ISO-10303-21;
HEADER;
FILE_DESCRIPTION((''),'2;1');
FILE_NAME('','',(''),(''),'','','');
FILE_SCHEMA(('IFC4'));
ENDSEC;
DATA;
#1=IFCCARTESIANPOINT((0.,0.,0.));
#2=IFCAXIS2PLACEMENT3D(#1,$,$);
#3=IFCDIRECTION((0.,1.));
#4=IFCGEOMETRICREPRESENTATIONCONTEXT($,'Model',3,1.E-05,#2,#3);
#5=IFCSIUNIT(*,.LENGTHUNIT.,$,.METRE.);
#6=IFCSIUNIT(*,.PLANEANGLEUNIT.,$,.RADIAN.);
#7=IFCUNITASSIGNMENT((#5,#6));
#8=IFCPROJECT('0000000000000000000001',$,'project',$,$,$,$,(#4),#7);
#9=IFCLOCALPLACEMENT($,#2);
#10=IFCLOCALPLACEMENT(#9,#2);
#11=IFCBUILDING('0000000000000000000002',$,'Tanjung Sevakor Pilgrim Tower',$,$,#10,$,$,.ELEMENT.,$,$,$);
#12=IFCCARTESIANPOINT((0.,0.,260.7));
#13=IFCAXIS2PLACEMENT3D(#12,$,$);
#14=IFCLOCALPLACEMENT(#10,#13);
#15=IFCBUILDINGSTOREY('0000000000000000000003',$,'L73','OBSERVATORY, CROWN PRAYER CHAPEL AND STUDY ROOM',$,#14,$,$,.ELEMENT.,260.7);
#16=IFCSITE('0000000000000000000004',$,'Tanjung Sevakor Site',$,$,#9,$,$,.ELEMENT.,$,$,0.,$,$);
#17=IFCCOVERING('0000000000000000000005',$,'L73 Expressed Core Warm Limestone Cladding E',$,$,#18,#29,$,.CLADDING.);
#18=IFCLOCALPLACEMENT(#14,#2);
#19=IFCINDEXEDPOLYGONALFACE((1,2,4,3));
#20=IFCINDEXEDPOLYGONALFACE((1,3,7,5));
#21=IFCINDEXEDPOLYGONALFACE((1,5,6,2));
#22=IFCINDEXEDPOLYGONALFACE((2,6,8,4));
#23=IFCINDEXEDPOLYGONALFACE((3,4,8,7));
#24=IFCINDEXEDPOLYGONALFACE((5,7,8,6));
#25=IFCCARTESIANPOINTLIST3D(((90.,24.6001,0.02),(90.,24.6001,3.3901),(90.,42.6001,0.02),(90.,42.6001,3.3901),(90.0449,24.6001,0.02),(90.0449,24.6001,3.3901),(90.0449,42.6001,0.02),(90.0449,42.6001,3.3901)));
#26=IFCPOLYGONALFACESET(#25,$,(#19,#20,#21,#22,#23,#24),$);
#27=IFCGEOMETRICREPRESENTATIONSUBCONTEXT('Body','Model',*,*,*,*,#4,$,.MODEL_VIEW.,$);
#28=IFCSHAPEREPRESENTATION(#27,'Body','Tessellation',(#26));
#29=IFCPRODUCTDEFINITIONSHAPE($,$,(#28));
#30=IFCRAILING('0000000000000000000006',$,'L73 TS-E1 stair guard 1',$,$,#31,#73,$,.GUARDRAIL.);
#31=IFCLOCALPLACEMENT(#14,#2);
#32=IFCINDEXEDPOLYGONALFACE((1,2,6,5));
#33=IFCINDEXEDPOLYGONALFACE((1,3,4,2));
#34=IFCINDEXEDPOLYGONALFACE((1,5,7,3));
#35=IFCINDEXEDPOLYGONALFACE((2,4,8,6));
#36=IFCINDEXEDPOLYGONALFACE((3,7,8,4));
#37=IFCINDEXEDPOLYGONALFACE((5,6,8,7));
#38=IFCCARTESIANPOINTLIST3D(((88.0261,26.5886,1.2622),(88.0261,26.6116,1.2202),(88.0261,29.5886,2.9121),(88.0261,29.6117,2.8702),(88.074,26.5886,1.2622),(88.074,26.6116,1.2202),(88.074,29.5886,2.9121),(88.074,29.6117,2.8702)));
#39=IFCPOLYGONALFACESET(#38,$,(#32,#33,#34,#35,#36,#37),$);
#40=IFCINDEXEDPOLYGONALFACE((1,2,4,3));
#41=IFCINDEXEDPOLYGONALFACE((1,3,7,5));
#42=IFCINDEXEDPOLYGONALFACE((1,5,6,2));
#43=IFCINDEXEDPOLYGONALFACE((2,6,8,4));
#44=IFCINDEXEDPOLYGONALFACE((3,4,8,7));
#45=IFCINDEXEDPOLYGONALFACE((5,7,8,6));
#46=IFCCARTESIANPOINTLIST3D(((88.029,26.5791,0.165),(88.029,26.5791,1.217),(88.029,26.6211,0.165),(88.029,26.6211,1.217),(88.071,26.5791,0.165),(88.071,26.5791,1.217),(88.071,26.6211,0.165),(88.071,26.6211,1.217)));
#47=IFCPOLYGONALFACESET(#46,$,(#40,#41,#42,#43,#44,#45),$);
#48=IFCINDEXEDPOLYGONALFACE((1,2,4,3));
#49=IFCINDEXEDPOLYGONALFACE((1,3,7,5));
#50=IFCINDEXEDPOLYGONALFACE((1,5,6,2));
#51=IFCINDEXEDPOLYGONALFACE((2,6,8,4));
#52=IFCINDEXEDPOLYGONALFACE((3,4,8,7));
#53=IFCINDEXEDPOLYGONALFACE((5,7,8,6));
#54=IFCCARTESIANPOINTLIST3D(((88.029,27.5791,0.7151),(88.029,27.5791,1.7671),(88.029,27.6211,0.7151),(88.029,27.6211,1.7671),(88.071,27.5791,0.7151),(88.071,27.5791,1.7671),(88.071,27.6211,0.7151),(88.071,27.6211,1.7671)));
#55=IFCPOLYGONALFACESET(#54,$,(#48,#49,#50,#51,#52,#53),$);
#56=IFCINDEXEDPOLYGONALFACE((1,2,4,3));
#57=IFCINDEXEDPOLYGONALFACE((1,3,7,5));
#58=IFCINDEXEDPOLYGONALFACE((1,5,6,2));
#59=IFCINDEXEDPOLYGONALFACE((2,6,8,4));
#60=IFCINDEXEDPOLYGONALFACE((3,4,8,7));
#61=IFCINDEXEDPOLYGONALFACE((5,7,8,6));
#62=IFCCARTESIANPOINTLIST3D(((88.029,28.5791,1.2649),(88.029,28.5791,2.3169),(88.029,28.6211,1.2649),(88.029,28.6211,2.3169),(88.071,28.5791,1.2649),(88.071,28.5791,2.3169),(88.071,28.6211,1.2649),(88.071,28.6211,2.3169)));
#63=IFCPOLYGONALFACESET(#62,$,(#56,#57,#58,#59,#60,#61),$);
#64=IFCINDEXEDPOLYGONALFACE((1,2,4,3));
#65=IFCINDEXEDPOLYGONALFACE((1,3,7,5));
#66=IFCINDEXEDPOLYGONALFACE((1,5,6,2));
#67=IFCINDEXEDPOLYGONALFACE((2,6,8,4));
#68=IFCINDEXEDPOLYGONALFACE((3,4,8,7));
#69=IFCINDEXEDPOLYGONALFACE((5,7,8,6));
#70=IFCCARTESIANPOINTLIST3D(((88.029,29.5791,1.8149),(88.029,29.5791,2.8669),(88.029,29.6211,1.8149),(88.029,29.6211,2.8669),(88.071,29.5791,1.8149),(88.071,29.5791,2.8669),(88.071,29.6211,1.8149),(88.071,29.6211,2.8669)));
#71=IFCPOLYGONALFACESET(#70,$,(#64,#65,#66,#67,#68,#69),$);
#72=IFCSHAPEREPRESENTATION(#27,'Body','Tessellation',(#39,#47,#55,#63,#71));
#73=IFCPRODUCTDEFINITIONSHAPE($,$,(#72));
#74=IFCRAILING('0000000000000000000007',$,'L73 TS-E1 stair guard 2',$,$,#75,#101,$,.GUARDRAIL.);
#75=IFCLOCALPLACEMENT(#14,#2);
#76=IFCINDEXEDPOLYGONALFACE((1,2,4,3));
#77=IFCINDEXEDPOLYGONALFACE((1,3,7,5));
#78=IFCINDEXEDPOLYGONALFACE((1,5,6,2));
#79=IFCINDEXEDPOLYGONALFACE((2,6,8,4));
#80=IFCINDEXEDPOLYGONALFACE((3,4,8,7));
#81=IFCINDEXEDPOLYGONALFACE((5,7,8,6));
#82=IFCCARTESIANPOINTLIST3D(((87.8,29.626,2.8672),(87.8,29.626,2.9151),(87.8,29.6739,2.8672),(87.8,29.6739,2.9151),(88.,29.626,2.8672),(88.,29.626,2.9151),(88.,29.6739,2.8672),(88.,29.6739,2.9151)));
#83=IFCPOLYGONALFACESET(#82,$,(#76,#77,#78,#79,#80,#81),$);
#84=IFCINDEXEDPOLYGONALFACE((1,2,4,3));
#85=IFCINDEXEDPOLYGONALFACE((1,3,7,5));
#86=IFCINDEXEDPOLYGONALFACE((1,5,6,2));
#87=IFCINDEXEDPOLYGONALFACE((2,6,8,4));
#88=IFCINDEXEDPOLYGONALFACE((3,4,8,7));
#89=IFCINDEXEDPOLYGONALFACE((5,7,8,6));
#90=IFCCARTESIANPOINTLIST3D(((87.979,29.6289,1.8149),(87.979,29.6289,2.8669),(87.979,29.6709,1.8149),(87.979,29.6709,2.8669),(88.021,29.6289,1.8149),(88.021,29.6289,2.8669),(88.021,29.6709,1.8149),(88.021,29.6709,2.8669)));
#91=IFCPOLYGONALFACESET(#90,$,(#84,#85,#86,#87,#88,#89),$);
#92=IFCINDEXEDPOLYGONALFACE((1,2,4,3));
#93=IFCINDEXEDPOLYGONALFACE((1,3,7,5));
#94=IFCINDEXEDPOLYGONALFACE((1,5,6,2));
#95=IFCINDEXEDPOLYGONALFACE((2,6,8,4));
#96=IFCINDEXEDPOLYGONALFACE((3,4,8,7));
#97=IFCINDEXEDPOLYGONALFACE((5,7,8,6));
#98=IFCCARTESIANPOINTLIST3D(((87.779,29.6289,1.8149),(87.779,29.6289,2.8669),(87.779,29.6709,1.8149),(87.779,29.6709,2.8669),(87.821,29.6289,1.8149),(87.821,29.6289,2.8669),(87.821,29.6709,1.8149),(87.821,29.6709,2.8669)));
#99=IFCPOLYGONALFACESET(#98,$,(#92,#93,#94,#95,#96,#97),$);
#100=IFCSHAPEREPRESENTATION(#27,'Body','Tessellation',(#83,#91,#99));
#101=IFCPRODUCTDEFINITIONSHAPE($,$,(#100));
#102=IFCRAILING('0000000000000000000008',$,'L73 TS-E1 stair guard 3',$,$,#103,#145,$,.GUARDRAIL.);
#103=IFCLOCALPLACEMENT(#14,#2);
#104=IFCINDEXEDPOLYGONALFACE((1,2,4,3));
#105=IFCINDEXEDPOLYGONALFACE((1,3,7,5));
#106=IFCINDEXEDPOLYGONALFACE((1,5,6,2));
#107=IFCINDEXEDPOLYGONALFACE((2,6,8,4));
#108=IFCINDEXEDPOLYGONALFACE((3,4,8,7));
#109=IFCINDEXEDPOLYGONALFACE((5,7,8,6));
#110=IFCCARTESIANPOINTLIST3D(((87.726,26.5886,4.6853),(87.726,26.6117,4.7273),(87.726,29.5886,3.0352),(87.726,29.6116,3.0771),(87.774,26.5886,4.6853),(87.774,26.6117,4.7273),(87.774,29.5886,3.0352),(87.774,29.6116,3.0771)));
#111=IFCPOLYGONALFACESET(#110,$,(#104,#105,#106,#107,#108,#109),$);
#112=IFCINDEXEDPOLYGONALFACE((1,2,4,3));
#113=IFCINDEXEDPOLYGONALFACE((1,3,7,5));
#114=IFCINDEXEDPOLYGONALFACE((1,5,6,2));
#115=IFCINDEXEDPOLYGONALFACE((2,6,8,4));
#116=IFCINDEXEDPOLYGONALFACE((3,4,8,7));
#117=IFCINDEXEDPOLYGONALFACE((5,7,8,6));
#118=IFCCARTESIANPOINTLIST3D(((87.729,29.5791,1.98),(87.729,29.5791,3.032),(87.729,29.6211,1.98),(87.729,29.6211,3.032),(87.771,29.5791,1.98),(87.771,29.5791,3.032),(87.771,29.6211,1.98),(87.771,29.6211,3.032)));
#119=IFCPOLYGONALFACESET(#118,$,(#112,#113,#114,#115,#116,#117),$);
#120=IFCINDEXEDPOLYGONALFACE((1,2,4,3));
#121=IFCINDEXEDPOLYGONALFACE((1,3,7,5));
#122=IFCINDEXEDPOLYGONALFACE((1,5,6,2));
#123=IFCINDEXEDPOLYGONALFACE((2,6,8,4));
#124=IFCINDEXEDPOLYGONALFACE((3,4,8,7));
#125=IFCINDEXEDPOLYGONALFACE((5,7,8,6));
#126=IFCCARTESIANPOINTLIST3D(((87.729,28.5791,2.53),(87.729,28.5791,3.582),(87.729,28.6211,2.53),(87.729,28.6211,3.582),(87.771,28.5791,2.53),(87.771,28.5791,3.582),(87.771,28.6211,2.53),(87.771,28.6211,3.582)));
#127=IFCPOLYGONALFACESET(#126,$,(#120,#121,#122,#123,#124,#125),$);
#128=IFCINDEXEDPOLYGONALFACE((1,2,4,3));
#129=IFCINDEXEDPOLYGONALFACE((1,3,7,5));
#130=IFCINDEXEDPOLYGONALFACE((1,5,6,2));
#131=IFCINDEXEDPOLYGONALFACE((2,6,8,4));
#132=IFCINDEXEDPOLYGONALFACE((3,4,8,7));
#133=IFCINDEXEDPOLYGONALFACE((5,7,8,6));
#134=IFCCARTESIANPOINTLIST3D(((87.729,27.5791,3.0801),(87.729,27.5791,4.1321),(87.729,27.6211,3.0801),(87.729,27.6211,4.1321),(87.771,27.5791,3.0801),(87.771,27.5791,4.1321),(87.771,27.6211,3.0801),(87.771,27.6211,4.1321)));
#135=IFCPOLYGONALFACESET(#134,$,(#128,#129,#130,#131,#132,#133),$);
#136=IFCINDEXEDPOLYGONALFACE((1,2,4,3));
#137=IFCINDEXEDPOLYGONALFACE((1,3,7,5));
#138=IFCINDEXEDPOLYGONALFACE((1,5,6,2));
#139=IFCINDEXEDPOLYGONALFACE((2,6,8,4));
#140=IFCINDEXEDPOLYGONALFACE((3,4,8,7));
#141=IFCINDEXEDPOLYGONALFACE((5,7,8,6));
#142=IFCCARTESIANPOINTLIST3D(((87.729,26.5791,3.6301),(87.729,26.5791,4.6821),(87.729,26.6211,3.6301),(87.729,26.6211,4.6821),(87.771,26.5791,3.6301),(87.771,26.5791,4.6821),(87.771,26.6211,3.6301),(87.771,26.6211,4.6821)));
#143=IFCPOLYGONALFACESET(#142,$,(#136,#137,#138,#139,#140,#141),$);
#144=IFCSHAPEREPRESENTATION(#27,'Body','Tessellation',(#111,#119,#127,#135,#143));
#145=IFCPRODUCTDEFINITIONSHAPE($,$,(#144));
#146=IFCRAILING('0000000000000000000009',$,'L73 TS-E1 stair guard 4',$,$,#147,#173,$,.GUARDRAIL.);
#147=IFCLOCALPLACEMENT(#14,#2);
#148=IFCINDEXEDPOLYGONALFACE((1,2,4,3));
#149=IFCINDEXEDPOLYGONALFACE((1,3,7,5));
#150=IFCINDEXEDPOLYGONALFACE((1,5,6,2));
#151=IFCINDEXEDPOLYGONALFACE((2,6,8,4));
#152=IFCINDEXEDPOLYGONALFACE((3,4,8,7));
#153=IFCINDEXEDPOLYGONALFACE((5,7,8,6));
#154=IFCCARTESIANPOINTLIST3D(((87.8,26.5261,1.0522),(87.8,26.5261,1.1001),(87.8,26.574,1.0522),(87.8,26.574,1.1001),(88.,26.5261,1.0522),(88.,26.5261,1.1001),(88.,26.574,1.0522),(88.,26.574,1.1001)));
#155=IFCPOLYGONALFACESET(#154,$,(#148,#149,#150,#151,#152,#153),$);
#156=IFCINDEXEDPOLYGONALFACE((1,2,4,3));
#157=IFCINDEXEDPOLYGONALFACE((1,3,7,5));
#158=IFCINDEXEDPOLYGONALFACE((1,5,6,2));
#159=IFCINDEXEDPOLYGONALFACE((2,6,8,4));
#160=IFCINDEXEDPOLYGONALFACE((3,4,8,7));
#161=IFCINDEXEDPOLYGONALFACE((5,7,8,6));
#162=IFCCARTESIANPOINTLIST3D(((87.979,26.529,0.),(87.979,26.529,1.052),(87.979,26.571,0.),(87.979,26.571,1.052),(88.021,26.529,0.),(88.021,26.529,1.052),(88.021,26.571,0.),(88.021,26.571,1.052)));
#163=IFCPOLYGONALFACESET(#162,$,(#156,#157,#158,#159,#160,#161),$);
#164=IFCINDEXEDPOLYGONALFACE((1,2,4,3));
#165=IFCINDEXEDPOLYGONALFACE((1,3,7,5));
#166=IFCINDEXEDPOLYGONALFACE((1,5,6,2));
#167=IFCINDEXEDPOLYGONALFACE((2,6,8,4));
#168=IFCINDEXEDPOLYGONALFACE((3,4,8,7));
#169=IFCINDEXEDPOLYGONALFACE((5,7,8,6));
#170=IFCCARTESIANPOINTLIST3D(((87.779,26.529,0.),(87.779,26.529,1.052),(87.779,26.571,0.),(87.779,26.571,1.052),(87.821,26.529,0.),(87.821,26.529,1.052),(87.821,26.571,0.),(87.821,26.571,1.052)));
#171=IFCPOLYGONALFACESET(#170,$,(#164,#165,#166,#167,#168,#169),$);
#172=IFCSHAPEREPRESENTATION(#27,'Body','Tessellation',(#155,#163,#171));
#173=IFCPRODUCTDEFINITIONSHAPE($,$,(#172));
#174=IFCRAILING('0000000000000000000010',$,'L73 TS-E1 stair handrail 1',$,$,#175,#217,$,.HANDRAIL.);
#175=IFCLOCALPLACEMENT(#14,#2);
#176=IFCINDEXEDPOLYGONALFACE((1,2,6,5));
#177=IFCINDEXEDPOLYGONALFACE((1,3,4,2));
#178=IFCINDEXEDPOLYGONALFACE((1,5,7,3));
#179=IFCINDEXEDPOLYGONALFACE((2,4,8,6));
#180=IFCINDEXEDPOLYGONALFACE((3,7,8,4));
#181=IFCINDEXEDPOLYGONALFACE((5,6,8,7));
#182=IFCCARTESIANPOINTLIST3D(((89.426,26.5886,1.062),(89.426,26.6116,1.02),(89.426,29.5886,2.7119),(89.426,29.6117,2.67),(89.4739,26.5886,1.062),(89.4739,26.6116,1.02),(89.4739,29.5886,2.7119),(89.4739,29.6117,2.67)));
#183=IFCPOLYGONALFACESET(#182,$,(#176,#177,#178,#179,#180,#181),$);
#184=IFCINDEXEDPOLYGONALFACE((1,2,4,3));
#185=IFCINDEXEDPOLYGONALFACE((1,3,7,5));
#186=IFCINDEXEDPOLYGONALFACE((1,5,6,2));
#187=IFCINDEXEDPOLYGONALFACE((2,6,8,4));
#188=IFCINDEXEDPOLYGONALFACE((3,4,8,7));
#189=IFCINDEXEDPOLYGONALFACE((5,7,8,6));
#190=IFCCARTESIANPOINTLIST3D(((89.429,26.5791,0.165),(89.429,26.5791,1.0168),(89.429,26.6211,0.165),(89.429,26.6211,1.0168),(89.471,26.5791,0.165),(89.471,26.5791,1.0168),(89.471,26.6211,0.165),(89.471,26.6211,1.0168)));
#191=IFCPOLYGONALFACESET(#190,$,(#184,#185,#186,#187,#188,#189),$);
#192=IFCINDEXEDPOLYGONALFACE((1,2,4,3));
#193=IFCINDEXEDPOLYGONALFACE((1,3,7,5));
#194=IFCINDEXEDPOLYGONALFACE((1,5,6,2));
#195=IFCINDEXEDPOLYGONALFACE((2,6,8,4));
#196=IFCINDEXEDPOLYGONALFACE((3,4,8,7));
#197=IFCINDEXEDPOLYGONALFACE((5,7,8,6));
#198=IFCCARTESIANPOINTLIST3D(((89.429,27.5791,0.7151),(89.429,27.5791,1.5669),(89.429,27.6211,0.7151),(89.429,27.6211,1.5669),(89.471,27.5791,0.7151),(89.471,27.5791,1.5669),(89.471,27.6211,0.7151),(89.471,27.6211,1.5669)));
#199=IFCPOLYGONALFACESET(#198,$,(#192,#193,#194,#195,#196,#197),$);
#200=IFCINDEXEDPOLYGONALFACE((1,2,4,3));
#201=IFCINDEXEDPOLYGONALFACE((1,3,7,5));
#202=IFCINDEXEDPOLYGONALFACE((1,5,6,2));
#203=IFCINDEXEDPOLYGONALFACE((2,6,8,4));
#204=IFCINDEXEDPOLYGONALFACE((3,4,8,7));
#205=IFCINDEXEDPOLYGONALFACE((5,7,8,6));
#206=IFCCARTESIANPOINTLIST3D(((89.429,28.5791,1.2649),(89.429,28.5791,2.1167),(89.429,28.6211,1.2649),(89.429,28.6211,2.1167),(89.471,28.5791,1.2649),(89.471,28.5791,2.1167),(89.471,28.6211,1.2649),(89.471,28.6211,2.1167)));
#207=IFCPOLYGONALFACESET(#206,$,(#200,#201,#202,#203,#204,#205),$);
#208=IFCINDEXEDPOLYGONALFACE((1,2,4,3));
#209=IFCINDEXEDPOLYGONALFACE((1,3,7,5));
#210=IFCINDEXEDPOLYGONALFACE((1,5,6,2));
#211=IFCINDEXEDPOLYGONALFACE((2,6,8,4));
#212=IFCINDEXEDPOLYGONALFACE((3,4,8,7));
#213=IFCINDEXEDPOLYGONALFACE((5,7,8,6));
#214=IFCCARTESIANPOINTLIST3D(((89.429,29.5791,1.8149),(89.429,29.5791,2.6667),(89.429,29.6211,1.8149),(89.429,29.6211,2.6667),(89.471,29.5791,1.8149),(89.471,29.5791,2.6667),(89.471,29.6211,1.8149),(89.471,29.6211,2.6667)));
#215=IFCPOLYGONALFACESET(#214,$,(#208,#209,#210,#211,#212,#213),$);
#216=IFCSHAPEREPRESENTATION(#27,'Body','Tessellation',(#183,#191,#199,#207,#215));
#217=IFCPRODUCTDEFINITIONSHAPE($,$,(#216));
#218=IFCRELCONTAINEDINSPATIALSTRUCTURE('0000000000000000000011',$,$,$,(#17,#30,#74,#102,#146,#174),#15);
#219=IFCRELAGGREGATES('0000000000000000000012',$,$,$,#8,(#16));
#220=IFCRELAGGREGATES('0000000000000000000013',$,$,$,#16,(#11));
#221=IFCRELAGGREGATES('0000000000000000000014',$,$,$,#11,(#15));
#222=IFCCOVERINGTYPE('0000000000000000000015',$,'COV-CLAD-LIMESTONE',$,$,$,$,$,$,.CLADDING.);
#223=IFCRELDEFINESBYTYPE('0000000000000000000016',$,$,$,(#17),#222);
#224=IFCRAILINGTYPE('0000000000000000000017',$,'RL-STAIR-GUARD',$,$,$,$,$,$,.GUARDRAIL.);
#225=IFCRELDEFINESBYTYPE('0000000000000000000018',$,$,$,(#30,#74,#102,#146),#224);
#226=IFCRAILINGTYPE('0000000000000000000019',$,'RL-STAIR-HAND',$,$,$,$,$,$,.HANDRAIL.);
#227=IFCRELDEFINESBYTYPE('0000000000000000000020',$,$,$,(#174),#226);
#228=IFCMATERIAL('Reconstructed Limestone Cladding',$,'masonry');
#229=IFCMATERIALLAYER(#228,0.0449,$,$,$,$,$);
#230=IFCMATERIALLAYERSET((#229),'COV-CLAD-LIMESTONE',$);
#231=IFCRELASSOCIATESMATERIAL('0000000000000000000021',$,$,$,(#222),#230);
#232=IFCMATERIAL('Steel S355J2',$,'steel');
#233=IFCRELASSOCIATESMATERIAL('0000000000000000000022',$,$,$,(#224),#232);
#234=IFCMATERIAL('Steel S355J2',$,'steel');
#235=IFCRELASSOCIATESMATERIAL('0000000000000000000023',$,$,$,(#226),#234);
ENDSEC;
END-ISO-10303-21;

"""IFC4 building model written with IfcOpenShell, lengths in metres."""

from ifc_helpers import new_model, si_unit, direction, frame, origin, origin_2d, place, context, subcontext, project, spatial, rectangle, extrude, material, layer, layer_set, type_object, element, save


model = new_model("IFC4")

# Units and contexts
model_context = context("Model", 3, precision=1e-05, world=origin(), true_north=direction((0.0, 1.0)))
body_context = subcontext(model_context, "Body", "Model", "MODEL_VIEW")
ifc_project = project(units=[si_unit("LENGTHUNIT", "METRE"), si_unit("PLANEANGLEUNIT", "RADIAN")], contexts=[model_context])

# Site, building, storey
site_placement = place(None, origin())
site = spatial("IfcSite", under=ifc_project, at=site_placement, Name="Tanjung Sevakor Site", CompositionType="ELEMENT", RefElevation=0.0)
building_placement = place(site_placement, origin())
building = spatial("IfcBuilding", under=site, at=building_placement, Name="Tanjung Sevakor Pilgrim Tower", CompositionType="ELEMENT")
storey_placement = place(building_placement, frame((0.0, 0.0, 260.7)))
storey = spatial("IfcBuildingStorey", under=building, at=storey_placement, Name="L73", Description="OBSERVATORY, CROWN PRAYER CHAPEL AND STUDY ROOM", CompositionType="ELEMENT", Elevation=260.7)

# Covering
ifc_material_1 = material(Name="Reconstructed Limestone Cladding", Category="masonry")
ifc_layer_1 = layer(ifc_material_1, 0.0449)
ifc_layer_set_1 = layer_set([ifc_layer_1], Name="COV-CLAD-LIMESTONE")
covering_type = type_object("IfcCoveringType", Name="COV-CLAD-LIMESTONE", PredefinedType="CLADDING", material=ifc_layer_set_1)
covering_placement = place(storey_placement, frame((90.0225, 33.6001, 0.02), z_axis=(0.0, 0.0, 1.0), x_axis=(1.0, 0.0, 0.0)))
element("IfcCovering", 1, at=covering_placement, inside=storey, type_object=covering_type, Name="L73 Expressed Core Warm Limestone Cladding E", PredefinedType="CLADDING", context=body_context, shape_type="SweptSolid", body=[
    extrude(rectangle(XDim=0.0449, YDim=18.0, at=origin_2d()), origin(), (0.0, 0.0, 1.0), 3.3701),
])

# Railings
ifc_material_2 = material(Name="Steel S355J2", Category="steel")
railing_type_1 = type_object("IfcRailingType", Name="RL-STAIR-GUARD", PredefinedType="GUARDRAIL", material=ifc_material_2)
railing_1_placement = place(storey_placement, frame((88.05, 26.6001, 0.165)))
element("IfcRailing", 2, at=railing_1_placement, inside=storey, type_object=railing_type_1, Name="L73 TS-E1 stair guard 1", PredefinedType="GUARDRAIL", context=body_context, shape_type="SweptSolid", body=[
    extrude(rectangle(XDim=0.0479, YDim=0.0479), frame((0.0, 0.0, 1.0762), z_axis=(0.0, 0.876228, 0.481897), x_axis=(-1.0, 0.0, 0.0)), (0.0, 0.0, 1.0), 3.4238),
    extrude(rectangle(XDim=0.042, YDim=0.042), origin(), (0.0, 0.0, 1.0), 1.052),
    extrude(rectangle(XDim=0.042, YDim=0.042), frame((0.0, 1.0, 0.55)), (0.0, 0.0, 1.0), 1.052),
    extrude(rectangle(XDim=0.042, YDim=0.042), frame((0.0, 2.0, 1.0999)), (0.0, 0.0, 1.0), 1.052),
    extrude(rectangle(XDim=0.042, YDim=0.042), frame((0.0, 3.0, 1.6499)), (0.0, 0.0, 1.0), 1.052),
])
railing_2_placement = place(storey_placement, frame((88.0, 29.6499, 1.8149)))
element("IfcRailing", 3, at=railing_2_placement, inside=storey, type_object=railing_type_1, Name="L73 TS-E1 stair guard 2", PredefinedType="GUARDRAIL", context=body_context, shape_type="SweptSolid", body=[
    extrude(rectangle(XDim=0.0479, YDim=0.0479), frame((0.0, 0.0, 1.0762), z_axis=(-1.0, 0.0, 0.0), x_axis=(0.0, -1.0, 0.0)), (0.0, 0.0, 1.0), 0.2),
    extrude(rectangle(XDim=0.042, YDim=0.042), origin(), (0.0, 0.0, 1.0), 1.052),
    extrude(rectangle(XDim=0.042, YDim=0.042), frame((-0.2, 0.0, 0.0)), (0.0, 0.0, 1.0), 1.052),
])
railing_3_placement = place(storey_placement, frame((87.75, 29.6001, 1.98)))
element("IfcRailing", 4, at=railing_3_placement, inside=storey, type_object=railing_type_1, Name="L73 TS-E1 stair guard 3", PredefinedType="GUARDRAIL", context=body_context, shape_type="SweptSolid", body=[
    extrude(rectangle(XDim=0.0479, YDim=0.0479), frame((0.0, 0.0, 1.0762), z_axis=(0.0, -0.876198, 0.481952), x_axis=(1.0, 0.0, 0.0)), (0.0, 0.0, 1.0), 3.4238),
    extrude(rectangle(XDim=0.042, YDim=0.042), origin(), (0.0, 0.0, 1.0), 1.052),
    extrude(rectangle(XDim=0.042, YDim=0.042), frame((0.0, -1.0, 0.55)), (0.0, 0.0, 1.0), 1.052),
    extrude(rectangle(XDim=0.042, YDim=0.042), frame((0.0, -2.0, 1.1001)), (0.0, 0.0, 1.0), 1.052),
    extrude(rectangle(XDim=0.042, YDim=0.042), frame((0.0, -3.0, 1.6501)), (0.0, 0.0, 1.0), 1.052),
])
railing_4_placement = place(storey_placement, frame((88.0, 26.55, 0.0)))
element("IfcRailing", 5, at=railing_4_placement, inside=storey, type_object=railing_type_1, Name="L73 TS-E1 stair guard 4", PredefinedType="GUARDRAIL", context=body_context, shape_type="SweptSolid", body=[
    extrude(rectangle(XDim=0.0479, YDim=0.0479), frame((0.0, 0.0, 1.0762), z_axis=(-1.0, 0.0, 0.0), x_axis=(0.0, -1.0, 0.0)), (0.0, 0.0, 1.0), 0.2),
    extrude(rectangle(XDim=0.042, YDim=0.042), origin(), (0.0, 0.0, 1.0), 1.052),
    extrude(rectangle(XDim=0.042, YDim=0.042), frame((-0.2, 0.0, 0.0)), (0.0, 0.0, 1.0), 1.052),
])
ifc_material_3 = material(Name="Steel S355J2", Category="steel")
railing_type_2 = type_object("IfcRailingType", Name="RL-STAIR-HAND", PredefinedType="HANDRAIL", material=ifc_material_3)
railing_5_placement = place(storey_placement, frame((89.45, 26.6001, 0.165)))
element("IfcRailing", 6, at=railing_5_placement, inside=storey, type_object=railing_type_2, Name="L73 TS-E1 stair handrail 1", PredefinedType="HANDRAIL", context=body_context, shape_type="SweptSolid", body=[
    extrude(rectangle(XDim=0.0479, YDim=0.0479), frame((0.0, 0.0, 0.876), z_axis=(0.0, 0.876228, 0.481897), x_axis=(-1.0, 0.0, 0.0)), (0.0, 0.0, 1.0), 3.4238),
    extrude(rectangle(XDim=0.042, YDim=0.042), origin(), (0.0, 0.0, 1.0), 0.8518),
    extrude(rectangle(XDim=0.042, YDim=0.042), frame((0.0, 1.0, 0.55)), (0.0, 0.0, 1.0), 0.8518),
    extrude(rectangle(XDim=0.042, YDim=0.042), frame((0.0, 2.0, 1.0999)), (0.0, 0.0, 1.0), 0.8518),
    extrude(rectangle(XDim=0.042, YDim=0.042), frame((0.0, 3.0, 1.6499)), (0.0, 0.0, 1.0), 0.8518),
])

save(model, "model.ifc")
